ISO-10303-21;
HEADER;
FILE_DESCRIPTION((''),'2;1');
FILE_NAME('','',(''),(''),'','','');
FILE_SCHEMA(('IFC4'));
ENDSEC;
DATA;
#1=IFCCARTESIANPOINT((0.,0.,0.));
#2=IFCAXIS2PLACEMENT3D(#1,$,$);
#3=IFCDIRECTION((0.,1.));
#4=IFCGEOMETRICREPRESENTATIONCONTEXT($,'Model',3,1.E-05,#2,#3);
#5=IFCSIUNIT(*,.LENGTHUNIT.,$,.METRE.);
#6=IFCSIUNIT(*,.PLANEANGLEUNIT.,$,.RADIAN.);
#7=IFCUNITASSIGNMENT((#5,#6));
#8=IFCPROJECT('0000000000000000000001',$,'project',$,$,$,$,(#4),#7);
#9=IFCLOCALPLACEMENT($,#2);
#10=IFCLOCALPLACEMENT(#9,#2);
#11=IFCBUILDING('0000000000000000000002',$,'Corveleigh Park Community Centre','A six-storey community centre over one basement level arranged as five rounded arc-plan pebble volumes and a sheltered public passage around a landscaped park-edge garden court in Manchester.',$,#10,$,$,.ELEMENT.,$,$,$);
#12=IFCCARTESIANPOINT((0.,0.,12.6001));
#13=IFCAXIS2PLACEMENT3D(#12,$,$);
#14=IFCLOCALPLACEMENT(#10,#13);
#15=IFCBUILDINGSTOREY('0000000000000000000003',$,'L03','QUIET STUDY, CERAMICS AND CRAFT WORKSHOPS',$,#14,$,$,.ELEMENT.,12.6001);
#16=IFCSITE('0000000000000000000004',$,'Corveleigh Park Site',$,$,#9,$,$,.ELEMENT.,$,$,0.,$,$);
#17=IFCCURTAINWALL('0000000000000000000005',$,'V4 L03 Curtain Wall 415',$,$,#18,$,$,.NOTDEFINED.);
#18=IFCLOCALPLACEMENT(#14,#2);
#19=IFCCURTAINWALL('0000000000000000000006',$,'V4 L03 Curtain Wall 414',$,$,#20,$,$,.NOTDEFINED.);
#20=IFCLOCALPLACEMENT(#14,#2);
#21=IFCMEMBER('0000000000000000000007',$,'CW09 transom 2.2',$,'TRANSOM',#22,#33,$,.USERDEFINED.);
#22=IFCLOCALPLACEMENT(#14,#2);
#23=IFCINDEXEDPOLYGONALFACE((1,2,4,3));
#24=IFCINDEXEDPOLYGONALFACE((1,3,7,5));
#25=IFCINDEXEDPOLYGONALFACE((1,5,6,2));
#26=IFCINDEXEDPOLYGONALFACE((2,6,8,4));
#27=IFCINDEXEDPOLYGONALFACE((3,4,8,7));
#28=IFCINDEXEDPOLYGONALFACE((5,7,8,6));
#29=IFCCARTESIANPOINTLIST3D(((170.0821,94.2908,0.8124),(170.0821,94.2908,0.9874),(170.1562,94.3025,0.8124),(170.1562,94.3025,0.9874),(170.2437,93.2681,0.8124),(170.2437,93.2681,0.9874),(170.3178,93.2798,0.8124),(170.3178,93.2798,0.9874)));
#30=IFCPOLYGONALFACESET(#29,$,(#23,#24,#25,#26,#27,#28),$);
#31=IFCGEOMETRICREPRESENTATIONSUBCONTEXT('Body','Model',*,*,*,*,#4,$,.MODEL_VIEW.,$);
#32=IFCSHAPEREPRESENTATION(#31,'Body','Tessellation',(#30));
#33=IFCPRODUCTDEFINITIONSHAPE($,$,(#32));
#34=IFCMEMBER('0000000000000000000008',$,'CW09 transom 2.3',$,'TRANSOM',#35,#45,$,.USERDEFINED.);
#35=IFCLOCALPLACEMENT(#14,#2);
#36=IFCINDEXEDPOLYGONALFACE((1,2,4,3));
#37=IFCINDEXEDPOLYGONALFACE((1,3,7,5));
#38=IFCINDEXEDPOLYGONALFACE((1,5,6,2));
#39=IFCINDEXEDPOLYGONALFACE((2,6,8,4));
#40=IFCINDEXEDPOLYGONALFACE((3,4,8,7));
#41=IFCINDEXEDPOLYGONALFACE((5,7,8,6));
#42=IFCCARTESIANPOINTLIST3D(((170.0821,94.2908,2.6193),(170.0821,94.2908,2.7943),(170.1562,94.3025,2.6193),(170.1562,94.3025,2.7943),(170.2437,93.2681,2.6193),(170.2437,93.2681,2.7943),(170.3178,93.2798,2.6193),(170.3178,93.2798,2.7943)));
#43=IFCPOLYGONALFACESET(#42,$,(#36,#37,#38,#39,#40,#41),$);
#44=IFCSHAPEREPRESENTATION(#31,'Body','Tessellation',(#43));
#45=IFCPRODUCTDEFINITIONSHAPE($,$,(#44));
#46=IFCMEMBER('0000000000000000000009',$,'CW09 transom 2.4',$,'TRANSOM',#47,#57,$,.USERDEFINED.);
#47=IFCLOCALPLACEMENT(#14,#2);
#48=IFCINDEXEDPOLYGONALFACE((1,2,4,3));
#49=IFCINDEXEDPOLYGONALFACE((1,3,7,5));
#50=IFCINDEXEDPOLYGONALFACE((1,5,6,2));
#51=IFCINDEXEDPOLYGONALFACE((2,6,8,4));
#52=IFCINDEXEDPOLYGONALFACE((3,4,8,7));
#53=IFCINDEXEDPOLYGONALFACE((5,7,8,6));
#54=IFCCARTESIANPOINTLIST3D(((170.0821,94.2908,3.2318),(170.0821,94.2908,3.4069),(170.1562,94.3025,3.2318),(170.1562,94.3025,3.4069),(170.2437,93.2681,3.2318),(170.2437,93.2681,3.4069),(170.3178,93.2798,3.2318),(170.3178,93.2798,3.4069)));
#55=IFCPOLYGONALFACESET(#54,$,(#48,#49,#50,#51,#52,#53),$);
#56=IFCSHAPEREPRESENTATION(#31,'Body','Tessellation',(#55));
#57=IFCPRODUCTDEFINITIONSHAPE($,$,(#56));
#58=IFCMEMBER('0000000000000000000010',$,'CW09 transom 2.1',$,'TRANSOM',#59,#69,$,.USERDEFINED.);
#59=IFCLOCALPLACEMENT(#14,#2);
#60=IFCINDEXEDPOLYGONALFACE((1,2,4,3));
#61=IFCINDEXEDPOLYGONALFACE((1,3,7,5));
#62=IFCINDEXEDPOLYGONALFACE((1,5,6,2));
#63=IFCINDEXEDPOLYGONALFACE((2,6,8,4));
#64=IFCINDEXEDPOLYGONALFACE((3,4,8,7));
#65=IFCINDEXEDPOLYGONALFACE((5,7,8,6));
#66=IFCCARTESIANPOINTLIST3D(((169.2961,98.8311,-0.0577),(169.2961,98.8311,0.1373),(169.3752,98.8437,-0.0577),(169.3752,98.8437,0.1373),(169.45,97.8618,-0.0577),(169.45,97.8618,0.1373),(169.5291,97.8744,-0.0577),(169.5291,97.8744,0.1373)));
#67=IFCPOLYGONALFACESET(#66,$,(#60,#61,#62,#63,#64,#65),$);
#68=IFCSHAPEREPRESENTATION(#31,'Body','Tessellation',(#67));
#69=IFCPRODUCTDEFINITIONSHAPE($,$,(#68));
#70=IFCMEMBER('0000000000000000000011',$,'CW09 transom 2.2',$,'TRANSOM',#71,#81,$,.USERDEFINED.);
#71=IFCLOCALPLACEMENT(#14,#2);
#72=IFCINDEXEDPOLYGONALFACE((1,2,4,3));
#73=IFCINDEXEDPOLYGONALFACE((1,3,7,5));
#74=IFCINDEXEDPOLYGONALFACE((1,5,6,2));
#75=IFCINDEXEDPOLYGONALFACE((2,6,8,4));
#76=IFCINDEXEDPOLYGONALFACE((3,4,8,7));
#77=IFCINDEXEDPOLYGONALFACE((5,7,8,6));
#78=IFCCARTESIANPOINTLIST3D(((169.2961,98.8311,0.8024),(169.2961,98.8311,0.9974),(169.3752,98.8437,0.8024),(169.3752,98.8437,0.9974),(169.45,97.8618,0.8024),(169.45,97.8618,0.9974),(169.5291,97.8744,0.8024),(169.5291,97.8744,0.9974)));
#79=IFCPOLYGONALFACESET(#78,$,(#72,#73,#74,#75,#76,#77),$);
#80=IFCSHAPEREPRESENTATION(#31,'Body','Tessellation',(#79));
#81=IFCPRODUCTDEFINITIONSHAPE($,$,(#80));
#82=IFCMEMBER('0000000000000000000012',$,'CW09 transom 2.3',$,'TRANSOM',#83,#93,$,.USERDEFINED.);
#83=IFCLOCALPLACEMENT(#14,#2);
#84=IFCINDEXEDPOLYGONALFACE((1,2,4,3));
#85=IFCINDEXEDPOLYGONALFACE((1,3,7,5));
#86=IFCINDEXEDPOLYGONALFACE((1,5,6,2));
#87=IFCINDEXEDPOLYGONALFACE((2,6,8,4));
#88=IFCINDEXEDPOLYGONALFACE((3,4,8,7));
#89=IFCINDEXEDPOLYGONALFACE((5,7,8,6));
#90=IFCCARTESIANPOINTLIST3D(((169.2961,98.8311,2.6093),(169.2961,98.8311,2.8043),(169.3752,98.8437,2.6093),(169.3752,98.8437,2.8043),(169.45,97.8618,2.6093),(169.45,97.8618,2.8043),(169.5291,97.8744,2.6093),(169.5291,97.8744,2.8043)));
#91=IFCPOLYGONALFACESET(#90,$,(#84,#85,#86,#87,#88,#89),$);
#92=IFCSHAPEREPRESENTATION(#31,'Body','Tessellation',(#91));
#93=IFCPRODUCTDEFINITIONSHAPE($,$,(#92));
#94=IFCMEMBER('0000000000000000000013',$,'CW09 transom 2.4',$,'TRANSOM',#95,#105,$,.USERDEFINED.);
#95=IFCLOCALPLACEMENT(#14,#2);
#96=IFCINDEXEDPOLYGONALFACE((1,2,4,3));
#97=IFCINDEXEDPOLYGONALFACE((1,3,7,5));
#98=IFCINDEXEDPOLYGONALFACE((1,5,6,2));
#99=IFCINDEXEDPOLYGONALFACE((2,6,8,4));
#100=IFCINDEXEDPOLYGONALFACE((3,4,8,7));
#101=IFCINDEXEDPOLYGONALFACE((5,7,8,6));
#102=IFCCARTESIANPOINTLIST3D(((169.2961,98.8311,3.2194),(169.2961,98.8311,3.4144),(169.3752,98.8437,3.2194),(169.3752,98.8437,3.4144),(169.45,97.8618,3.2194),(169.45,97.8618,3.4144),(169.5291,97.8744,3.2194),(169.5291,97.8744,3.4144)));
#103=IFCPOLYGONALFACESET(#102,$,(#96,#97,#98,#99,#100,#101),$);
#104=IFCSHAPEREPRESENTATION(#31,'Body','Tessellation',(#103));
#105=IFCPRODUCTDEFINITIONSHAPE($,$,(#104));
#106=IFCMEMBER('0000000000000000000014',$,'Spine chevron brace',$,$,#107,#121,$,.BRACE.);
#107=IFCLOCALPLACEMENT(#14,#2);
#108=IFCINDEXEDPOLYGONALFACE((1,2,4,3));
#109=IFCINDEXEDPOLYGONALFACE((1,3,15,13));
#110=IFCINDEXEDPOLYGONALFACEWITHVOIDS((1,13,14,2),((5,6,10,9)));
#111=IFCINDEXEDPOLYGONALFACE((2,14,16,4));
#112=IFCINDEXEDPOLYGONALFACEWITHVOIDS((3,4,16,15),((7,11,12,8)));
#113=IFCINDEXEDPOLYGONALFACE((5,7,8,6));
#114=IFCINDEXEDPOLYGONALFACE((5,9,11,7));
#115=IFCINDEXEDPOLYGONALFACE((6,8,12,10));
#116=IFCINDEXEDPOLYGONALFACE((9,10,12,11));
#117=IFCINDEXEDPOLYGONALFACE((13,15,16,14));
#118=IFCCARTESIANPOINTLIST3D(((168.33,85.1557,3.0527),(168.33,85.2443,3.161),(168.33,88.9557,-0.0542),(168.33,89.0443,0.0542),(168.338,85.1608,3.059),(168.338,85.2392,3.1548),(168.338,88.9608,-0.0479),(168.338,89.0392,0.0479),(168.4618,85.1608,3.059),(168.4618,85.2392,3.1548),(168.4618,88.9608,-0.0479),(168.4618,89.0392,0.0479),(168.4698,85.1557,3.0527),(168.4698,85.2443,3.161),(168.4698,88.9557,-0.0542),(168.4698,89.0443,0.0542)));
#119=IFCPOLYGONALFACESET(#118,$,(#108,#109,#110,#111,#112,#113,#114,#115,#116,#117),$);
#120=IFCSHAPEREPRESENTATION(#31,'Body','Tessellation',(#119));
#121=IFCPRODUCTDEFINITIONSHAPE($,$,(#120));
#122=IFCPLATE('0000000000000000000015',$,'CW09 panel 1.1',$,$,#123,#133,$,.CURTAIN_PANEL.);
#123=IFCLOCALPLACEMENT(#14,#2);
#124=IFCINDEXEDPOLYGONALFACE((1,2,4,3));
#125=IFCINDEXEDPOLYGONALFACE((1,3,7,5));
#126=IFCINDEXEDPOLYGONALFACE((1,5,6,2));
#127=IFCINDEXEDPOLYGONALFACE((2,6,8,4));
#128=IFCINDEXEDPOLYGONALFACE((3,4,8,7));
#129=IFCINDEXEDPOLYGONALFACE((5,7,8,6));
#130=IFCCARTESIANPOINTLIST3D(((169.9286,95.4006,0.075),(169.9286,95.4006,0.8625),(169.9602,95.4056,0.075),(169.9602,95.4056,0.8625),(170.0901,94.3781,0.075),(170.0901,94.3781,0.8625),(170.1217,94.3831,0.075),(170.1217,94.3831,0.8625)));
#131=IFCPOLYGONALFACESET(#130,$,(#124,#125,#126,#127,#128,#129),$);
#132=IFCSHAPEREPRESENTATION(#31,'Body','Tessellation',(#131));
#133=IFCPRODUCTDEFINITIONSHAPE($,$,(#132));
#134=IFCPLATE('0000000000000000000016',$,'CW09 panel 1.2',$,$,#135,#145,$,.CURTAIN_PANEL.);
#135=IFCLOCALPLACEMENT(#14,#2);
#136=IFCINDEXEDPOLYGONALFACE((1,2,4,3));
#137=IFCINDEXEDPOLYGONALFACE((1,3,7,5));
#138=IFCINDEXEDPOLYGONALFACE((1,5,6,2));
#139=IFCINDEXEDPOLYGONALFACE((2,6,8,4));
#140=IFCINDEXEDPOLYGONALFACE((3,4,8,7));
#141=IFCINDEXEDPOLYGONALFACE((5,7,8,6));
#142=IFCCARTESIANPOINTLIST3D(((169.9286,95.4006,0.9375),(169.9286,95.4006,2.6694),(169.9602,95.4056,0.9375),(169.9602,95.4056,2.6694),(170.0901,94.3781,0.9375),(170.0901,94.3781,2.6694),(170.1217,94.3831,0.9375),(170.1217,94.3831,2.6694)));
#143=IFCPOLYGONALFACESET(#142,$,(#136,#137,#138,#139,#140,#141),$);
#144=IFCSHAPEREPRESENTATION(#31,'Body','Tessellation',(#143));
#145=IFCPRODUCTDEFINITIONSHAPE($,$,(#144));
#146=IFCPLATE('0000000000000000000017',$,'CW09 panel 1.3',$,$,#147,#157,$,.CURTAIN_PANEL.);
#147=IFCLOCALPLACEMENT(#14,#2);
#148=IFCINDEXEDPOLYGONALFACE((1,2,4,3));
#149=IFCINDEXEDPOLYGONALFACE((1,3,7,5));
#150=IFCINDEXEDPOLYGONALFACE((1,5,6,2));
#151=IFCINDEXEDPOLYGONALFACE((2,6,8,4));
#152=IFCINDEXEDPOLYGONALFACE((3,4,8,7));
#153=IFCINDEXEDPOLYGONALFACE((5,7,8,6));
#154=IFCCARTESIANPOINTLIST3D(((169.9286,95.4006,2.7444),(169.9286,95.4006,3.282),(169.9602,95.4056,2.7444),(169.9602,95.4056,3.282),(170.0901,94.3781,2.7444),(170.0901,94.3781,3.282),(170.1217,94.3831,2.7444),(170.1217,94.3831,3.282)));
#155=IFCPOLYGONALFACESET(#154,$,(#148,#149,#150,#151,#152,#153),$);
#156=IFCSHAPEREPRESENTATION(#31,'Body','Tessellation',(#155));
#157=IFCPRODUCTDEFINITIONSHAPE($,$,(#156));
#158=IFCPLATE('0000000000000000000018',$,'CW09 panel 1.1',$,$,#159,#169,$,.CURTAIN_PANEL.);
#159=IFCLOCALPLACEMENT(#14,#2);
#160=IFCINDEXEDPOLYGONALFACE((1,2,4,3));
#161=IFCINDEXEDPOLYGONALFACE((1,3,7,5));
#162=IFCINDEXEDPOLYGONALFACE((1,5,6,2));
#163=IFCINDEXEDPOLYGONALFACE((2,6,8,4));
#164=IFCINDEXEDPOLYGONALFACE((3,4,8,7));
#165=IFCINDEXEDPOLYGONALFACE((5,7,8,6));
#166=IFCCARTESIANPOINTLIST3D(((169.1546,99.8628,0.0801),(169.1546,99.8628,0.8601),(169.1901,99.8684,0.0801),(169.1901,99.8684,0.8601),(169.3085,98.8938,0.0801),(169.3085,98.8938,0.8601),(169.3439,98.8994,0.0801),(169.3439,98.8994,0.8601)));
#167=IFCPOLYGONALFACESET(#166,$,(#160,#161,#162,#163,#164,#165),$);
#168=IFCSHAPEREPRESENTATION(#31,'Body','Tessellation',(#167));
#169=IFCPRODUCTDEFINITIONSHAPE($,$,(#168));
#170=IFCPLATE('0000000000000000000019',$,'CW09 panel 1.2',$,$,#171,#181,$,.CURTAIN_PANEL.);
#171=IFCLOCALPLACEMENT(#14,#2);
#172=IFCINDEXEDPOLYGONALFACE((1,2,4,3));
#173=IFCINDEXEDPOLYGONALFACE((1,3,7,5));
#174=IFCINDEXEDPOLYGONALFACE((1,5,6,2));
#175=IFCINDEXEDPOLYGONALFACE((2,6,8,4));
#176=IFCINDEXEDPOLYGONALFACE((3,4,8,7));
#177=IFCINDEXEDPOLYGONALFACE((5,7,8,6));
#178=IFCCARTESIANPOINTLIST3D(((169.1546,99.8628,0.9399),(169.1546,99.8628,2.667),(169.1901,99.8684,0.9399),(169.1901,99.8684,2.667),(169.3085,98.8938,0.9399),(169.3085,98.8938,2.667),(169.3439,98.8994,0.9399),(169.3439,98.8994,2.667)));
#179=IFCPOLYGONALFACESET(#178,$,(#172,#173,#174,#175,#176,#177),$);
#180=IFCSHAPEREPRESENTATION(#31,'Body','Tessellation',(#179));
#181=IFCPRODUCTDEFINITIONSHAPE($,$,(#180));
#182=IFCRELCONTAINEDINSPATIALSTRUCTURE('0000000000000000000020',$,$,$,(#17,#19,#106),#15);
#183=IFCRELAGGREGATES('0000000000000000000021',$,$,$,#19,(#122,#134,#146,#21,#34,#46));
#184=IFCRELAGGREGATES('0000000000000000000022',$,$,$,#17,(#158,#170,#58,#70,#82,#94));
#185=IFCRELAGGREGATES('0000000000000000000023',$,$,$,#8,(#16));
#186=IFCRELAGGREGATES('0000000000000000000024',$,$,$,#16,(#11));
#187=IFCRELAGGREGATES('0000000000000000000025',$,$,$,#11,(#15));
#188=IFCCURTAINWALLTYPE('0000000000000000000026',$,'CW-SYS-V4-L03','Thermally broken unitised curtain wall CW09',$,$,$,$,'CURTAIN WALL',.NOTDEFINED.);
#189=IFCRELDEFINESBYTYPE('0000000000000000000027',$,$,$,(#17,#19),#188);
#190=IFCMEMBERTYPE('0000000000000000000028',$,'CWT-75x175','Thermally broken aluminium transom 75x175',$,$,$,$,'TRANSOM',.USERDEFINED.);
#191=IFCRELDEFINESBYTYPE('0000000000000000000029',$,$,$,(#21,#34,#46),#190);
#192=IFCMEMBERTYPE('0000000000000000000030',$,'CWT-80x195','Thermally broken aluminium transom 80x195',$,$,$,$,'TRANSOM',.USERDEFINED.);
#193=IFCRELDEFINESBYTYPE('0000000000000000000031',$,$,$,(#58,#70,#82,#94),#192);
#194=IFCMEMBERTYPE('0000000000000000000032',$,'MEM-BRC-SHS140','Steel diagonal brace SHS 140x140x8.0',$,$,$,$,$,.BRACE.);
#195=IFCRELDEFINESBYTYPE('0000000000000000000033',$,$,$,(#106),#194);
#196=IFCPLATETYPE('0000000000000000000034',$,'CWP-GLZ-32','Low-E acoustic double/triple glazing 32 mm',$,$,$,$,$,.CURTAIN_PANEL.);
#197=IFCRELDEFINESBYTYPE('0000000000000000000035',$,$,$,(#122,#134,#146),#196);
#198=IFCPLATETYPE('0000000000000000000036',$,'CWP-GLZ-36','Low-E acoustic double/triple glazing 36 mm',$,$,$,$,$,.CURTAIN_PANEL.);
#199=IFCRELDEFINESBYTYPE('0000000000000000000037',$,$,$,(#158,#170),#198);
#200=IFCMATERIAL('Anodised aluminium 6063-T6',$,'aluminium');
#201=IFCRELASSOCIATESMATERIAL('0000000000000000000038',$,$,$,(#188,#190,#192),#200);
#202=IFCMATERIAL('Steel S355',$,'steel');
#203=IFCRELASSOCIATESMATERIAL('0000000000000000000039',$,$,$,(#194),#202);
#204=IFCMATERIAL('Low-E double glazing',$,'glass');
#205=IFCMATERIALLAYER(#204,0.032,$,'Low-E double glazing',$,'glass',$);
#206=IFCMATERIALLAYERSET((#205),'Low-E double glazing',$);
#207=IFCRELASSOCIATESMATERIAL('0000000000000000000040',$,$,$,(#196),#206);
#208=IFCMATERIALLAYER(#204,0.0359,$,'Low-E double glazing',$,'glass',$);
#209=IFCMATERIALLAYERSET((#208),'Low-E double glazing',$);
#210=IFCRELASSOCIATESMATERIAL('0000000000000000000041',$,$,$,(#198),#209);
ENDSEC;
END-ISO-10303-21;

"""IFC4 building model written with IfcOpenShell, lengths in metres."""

from ifc_helpers import new_model, si_unit, direction, frame, origin, origin_2d, place, context, subcontext, project, spatial, rectangle, hollow_rectangle, extrude, material, layer, layer_set, material_profile, profile_set, type_object, element, aggregate, save


model = new_model("IFC4")

# Units and contexts
model_context = context("Model", 3, precision=1e-05, world=origin(), true_north=direction((0.0, 1.0)))
body_context = subcontext(model_context, "Body", "Model", "MODEL_VIEW")
ifc_project = project(units=[si_unit("LENGTHUNIT", "METRE"), si_unit("PLANEANGLEUNIT", "RADIAN")], contexts=[model_context])

# Site, building, storey
site_placement = place(None, origin())
site = spatial("IfcSite", under=ifc_project, at=site_placement, Name="Corveleigh Park Site", CompositionType="ELEMENT", RefElevation=0.0)
building_placement = place(site_placement, origin())
building = spatial("IfcBuilding", under=site, at=building_placement, Name="Corveleigh Park Community Centre", Description="A six-storey community centre over one basement level arranged as five rounded arc-plan pebble volumes and a sheltered public passage around a landscaped park-edge garden court in Manchester.", CompositionType="ELEMENT")
storey_placement = place(building_placement, frame((0.0, 0.0, 12.6001)))
storey = spatial("IfcBuildingStorey", under=building, at=storey_placement, Name="L03", Description="QUIET STUDY, CERAMICS AND CRAFT WORKSHOPS", CompositionType="ELEMENT", Elevation=12.6001)

# Shared definitions
ifc_material_1 = material(Name="Steel S355", Category="steel")

# Curtain walls, members
ifc_material_2 = material(Name="Anodised aluminium 6063-T6", Category="aluminium")
curtain_wall_type = type_object("IfcCurtainWallType", Name="CW-SYS-V4-L03", Description="Thermally broken unitised curtain wall CW09", ElementType="CURTAIN WALL", PredefinedType="NOTDEFINED", material=ifc_material_2)
curtain_wall_1_placement = place(storey_placement, origin())
curtain_wall_1 = element("IfcCurtainWall", 1, at=curtain_wall_1_placement, inside=storey, type_object=curtain_wall_type, Name="V4 L03 Curtain Wall 415", PredefinedType="NOTDEFINED")
curtain_wall_2_placement = place(storey_placement, origin())
curtain_wall_2 = element("IfcCurtainWall", 2, at=curtain_wall_2_placement, inside=storey, type_object=curtain_wall_type, Name="V4 L03 Curtain Wall 414", PredefinedType="NOTDEFINED")
ifc_material_profile_1 = material_profile(ifc_material_2, rectangle(XDim=0.075, YDim=0.175, at=origin_2d()), Name="ALU-T75x175", Category="aluminium")
ifc_profile_set_1 = profile_set([ifc_material_profile_1], Name="Anodised aluminium 6063-T6")
member_type_1 = type_object("IfcMemberType", Name="CWT-75x175", Description="Thermally broken aluminium transom 75x175", ElementType="TRANSOM", PredefinedType="USERDEFINED", material=ifc_profile_set_1)
member_1_placement = place(storey_placement, frame((170.1191, 94.2966, 0.8999), z_axis=(0.156096, -0.987742, 0.0), x_axis=(0.987742, 0.156096, 0.0)))
member_1 = element("IfcMember", 3, at=member_1_placement, type_object=member_type_1, Name="CW09 transom 2.2", ObjectType="TRANSOM", PredefinedType="USERDEFINED", context=body_context, shape_type="SweptSolid", body=[
    extrude(rectangle(XDim=0.075, YDim=0.175, at=origin_2d()), origin(), (0.0, 0.0, 1.0), 1.0354),
])
member_2_placement = place(storey_placement, frame((170.1191, 94.2966, 2.7068), z_axis=(0.156096, -0.987742, 0.0), x_axis=(0.987742, 0.156096, 0.0)))
member_2 = element("IfcMember", 4, at=member_2_placement, type_object=member_type_1, Name="CW09 transom 2.3", ObjectType="TRANSOM", PredefinedType="USERDEFINED", context=body_context, shape_type="SweptSolid", body=[
    extrude(rectangle(XDim=0.075, YDim=0.175, at=origin_2d()), origin(), (0.0, 0.0, 1.0), 1.0354),
])
member_3_placement = place(storey_placement, frame((170.1191, 94.2966, 3.3193), z_axis=(0.156096, -0.987742, 0.0), x_axis=(0.987742, 0.156096, 0.0)))
member_3 = element("IfcMember", 5, at=member_3_placement, type_object=member_type_1, Name="CW09 transom 2.4", ObjectType="TRANSOM", PredefinedType="USERDEFINED", context=body_context, shape_type="SweptSolid", body=[
    extrude(rectangle(XDim=0.075, YDim=0.175, at=origin_2d()), origin(), (0.0, 0.0, 1.0), 1.0354),
])

# Members
ifc_material_profile_2 = material_profile(ifc_material_2, rectangle(XDim=0.0801, YDim=0.1951, at=origin_2d()), Name="ALU-T80x195", Category="aluminium")
ifc_profile_set_2 = profile_set([ifc_material_profile_2], Name="Anodised aluminium 6063-T6")
member_type_2 = type_object("IfcMemberType", Name="CWT-80x195", Description="Thermally broken aluminium transom 80x195", ElementType="TRANSOM", PredefinedType="USERDEFINED", material=ifc_profile_set_2)
member_4_placement = place(storey_placement, frame((169.3357, 98.8374, 0.0398), z_axis=(0.156729, -0.987642, 0.0), x_axis=(0.987642, 0.156729, 0.0)))
member_4 = element("IfcMember", 6, at=member_4_placement, type_object=member_type_2, Name="CW09 transom 2.1", ObjectType="TRANSOM", PredefinedType="USERDEFINED", context=body_context, shape_type="SweptSolid", body=[
    extrude(rectangle(XDim=0.0801, YDim=0.1951, at=origin_2d()), origin(), (0.0, 0.0, 1.0), 0.9814),
])
member_5_placement = place(storey_placement, frame((169.3357, 98.8374, 0.8999), z_axis=(0.156729, -0.987642, 0.0), x_axis=(0.987642, 0.156729, 0.0)))
member_5 = element("IfcMember", 7, at=member_5_placement, type_object=member_type_2, Name="CW09 transom 2.2", ObjectType="TRANSOM", PredefinedType="USERDEFINED", context=body_context, shape_type="SweptSolid", body=[
    extrude(rectangle(XDim=0.0801, YDim=0.1951, at=origin_2d()), origin(), (0.0, 0.0, 1.0), 0.9814),
])
member_6_placement = place(storey_placement, frame((169.3357, 98.8374, 2.7068), z_axis=(0.156729, -0.987642, 0.0), x_axis=(0.987642, 0.156729, 0.0)))
member_6 = element("IfcMember", 8, at=member_6_placement, type_object=member_type_2, Name="CW09 transom 2.3", ObjectType="TRANSOM", PredefinedType="USERDEFINED", context=body_context, shape_type="SweptSolid", body=[
    extrude(rectangle(XDim=0.0801, YDim=0.1951, at=origin_2d()), origin(), (0.0, 0.0, 1.0), 0.9814),
])
member_7_placement = place(storey_placement, frame((169.3357, 98.8374, 3.3169), z_axis=(0.156729, -0.987642, 0.0), x_axis=(0.987642, 0.156729, 0.0)))
member_7 = element("IfcMember", 9, at=member_7_placement, type_object=member_type_2, Name="CW09 transom 2.4", ObjectType="TRANSOM", PredefinedType="USERDEFINED", context=body_context, shape_type="SweptSolid", body=[
    extrude(rectangle(XDim=0.0801, YDim=0.1951, at=origin_2d()), origin(), (0.0, 0.0, 1.0), 0.9814),
])
ifc_material_profile_3 = material_profile(ifc_material_1, hollow_rectangle(XDim=0.1399, YDim=0.1399, WallThickness=0.0081, at=origin_2d()), Name="SHS 140x140x8.0", Category="steel")
ifc_profile_set_3 = profile_set([ifc_material_profile_3], Name="Steel S355")
member_type_3 = type_object("IfcMemberType", Name="MEM-BRC-SHS140", Description="Steel diagonal brace SHS 140x140x8.0", PredefinedType="BRACE", material=ifc_profile_set_3)
member_8_placement = place(storey_placement, frame((168.3999, 89.0, 0.0), z_axis=(0.0, -0.774177, 0.63297), x_axis=(1.0, 0.0, 0.0)))
element("IfcMember", 10, at=member_8_placement, inside=storey, type_object=member_type_3, Name="Spine chevron brace", PredefinedType="BRACE", context=body_context, shape_type="SweptSolid", body=[
    extrude(hollow_rectangle(XDim=0.1399, YDim=0.1399, WallThickness=0.0081, at=origin_2d()), origin(), (0.0, 0.0, 1.0), 4.9084),
])

# Plates
ifc_material_3 = material(Name="Low-E double glazing", Category="glass")
ifc_layer_1 = layer(ifc_material_3, 0.032, Name="Low-E double glazing", Category="glass")
ifc_layer_set_1 = layer_set([ifc_layer_1], Name="Low-E double glazing")
plate_type_1 = type_object("IfcPlateType", Name="CWP-GLZ-32", Description="Low-E acoustic double/triple glazing 32 mm", PredefinedType="CURTAIN_PANEL", material=ifc_layer_set_1)
plate_1_placement = place(storey_placement, frame((170.0251, 94.8918, 0.075), z_axis=(0.0, 0.0, 1.0), x_axis=(0.156095, -0.987742, 0.0)))
plate_1 = element("IfcPlate", 11, at=plate_1_placement, type_object=plate_type_1, Name="CW09 panel 1.1", PredefinedType="CURTAIN_PANEL", context=body_context, shape_type="SweptSolid", body=[
    extrude(rectangle(XDim=1.0352, YDim=0.032, at=origin_2d()), origin(), (0.0, 0.0, 1.0), 0.7876),
])
plate_2_placement = place(storey_placement, frame((170.0251, 94.8918, 0.9375), z_axis=(0.0, 0.0, 1.0), x_axis=(0.156095, -0.987742, 0.0)))
plate_2 = element("IfcPlate", 12, at=plate_2_placement, type_object=plate_type_1, Name="CW09 panel 1.2", PredefinedType="CURTAIN_PANEL", context=body_context, shape_type="SweptSolid", body=[
    extrude(rectangle(XDim=1.0352, YDim=0.032, at=origin_2d()), origin(), (0.0, 0.0, 1.0), 1.7319),
])
plate_3_placement = place(storey_placement, frame((170.0251, 94.8918, 2.7444), z_axis=(0.0, 0.0, 1.0), x_axis=(0.156095, -0.987742, 0.0)))
plate_3 = element("IfcPlate", 13, at=plate_3_placement, type_object=plate_type_1, Name="CW09 panel 1.3", PredefinedType="CURTAIN_PANEL", context=body_context, shape_type="SweptSolid", body=[
    extrude(rectangle(XDim=1.0352, YDim=0.032, at=origin_2d()), origin(), (0.0, 0.0, 1.0), 0.5376),
])
aggregate(curtain_wall_2, [plate_1, plate_2, plate_3, member_1, member_2, member_3])
ifc_layer_2 = layer(ifc_material_3, 0.0359, Name="Low-E double glazing", Category="glass")
ifc_layer_set_2 = layer_set([ifc_layer_2], Name="Low-E double glazing")
plate_type_2 = type_object("IfcPlateType", Name="CWP-GLZ-36", Description="Low-E acoustic double/triple glazing 36 mm", PredefinedType="CURTAIN_PANEL", material=ifc_layer_set_2)
plate_4_placement = place(storey_placement, frame((169.2493, 99.3811, 0.0801), z_axis=(0.0, 0.0, 1.0), x_axis=(0.156825, -0.987626, 0.0)))
plate_4 = element("IfcPlate", 14, at=plate_4_placement, type_object=plate_type_2, Name="CW09 panel 1.1", PredefinedType="CURTAIN_PANEL", context=body_context, shape_type="SweptSolid", body=[
    extrude(rectangle(XDim=0.9812, YDim=0.0359, at=origin_2d()), origin(), (0.0, 0.0, 1.0), 0.78),
])
plate_5_placement = place(storey_placement, frame((169.2493, 99.3811, 0.9399), z_axis=(0.0, 0.0, 1.0), x_axis=(0.156825, -0.987626, 0.0)))
plate_5 = element("IfcPlate", 15, at=plate_5_placement, type_object=plate_type_2, Name="CW09 panel 1.2", PredefinedType="CURTAIN_PANEL", context=body_context, shape_type="SweptSolid", body=[
    extrude(rectangle(XDim=0.9812, YDim=0.0359, at=origin_2d()), origin(), (0.0, 0.0, 1.0), 1.7271),
])
aggregate(curtain_wall_1, [plate_4, plate_5, member_4, member_5, member_6, member_7])

save(model, "model.ifc")
